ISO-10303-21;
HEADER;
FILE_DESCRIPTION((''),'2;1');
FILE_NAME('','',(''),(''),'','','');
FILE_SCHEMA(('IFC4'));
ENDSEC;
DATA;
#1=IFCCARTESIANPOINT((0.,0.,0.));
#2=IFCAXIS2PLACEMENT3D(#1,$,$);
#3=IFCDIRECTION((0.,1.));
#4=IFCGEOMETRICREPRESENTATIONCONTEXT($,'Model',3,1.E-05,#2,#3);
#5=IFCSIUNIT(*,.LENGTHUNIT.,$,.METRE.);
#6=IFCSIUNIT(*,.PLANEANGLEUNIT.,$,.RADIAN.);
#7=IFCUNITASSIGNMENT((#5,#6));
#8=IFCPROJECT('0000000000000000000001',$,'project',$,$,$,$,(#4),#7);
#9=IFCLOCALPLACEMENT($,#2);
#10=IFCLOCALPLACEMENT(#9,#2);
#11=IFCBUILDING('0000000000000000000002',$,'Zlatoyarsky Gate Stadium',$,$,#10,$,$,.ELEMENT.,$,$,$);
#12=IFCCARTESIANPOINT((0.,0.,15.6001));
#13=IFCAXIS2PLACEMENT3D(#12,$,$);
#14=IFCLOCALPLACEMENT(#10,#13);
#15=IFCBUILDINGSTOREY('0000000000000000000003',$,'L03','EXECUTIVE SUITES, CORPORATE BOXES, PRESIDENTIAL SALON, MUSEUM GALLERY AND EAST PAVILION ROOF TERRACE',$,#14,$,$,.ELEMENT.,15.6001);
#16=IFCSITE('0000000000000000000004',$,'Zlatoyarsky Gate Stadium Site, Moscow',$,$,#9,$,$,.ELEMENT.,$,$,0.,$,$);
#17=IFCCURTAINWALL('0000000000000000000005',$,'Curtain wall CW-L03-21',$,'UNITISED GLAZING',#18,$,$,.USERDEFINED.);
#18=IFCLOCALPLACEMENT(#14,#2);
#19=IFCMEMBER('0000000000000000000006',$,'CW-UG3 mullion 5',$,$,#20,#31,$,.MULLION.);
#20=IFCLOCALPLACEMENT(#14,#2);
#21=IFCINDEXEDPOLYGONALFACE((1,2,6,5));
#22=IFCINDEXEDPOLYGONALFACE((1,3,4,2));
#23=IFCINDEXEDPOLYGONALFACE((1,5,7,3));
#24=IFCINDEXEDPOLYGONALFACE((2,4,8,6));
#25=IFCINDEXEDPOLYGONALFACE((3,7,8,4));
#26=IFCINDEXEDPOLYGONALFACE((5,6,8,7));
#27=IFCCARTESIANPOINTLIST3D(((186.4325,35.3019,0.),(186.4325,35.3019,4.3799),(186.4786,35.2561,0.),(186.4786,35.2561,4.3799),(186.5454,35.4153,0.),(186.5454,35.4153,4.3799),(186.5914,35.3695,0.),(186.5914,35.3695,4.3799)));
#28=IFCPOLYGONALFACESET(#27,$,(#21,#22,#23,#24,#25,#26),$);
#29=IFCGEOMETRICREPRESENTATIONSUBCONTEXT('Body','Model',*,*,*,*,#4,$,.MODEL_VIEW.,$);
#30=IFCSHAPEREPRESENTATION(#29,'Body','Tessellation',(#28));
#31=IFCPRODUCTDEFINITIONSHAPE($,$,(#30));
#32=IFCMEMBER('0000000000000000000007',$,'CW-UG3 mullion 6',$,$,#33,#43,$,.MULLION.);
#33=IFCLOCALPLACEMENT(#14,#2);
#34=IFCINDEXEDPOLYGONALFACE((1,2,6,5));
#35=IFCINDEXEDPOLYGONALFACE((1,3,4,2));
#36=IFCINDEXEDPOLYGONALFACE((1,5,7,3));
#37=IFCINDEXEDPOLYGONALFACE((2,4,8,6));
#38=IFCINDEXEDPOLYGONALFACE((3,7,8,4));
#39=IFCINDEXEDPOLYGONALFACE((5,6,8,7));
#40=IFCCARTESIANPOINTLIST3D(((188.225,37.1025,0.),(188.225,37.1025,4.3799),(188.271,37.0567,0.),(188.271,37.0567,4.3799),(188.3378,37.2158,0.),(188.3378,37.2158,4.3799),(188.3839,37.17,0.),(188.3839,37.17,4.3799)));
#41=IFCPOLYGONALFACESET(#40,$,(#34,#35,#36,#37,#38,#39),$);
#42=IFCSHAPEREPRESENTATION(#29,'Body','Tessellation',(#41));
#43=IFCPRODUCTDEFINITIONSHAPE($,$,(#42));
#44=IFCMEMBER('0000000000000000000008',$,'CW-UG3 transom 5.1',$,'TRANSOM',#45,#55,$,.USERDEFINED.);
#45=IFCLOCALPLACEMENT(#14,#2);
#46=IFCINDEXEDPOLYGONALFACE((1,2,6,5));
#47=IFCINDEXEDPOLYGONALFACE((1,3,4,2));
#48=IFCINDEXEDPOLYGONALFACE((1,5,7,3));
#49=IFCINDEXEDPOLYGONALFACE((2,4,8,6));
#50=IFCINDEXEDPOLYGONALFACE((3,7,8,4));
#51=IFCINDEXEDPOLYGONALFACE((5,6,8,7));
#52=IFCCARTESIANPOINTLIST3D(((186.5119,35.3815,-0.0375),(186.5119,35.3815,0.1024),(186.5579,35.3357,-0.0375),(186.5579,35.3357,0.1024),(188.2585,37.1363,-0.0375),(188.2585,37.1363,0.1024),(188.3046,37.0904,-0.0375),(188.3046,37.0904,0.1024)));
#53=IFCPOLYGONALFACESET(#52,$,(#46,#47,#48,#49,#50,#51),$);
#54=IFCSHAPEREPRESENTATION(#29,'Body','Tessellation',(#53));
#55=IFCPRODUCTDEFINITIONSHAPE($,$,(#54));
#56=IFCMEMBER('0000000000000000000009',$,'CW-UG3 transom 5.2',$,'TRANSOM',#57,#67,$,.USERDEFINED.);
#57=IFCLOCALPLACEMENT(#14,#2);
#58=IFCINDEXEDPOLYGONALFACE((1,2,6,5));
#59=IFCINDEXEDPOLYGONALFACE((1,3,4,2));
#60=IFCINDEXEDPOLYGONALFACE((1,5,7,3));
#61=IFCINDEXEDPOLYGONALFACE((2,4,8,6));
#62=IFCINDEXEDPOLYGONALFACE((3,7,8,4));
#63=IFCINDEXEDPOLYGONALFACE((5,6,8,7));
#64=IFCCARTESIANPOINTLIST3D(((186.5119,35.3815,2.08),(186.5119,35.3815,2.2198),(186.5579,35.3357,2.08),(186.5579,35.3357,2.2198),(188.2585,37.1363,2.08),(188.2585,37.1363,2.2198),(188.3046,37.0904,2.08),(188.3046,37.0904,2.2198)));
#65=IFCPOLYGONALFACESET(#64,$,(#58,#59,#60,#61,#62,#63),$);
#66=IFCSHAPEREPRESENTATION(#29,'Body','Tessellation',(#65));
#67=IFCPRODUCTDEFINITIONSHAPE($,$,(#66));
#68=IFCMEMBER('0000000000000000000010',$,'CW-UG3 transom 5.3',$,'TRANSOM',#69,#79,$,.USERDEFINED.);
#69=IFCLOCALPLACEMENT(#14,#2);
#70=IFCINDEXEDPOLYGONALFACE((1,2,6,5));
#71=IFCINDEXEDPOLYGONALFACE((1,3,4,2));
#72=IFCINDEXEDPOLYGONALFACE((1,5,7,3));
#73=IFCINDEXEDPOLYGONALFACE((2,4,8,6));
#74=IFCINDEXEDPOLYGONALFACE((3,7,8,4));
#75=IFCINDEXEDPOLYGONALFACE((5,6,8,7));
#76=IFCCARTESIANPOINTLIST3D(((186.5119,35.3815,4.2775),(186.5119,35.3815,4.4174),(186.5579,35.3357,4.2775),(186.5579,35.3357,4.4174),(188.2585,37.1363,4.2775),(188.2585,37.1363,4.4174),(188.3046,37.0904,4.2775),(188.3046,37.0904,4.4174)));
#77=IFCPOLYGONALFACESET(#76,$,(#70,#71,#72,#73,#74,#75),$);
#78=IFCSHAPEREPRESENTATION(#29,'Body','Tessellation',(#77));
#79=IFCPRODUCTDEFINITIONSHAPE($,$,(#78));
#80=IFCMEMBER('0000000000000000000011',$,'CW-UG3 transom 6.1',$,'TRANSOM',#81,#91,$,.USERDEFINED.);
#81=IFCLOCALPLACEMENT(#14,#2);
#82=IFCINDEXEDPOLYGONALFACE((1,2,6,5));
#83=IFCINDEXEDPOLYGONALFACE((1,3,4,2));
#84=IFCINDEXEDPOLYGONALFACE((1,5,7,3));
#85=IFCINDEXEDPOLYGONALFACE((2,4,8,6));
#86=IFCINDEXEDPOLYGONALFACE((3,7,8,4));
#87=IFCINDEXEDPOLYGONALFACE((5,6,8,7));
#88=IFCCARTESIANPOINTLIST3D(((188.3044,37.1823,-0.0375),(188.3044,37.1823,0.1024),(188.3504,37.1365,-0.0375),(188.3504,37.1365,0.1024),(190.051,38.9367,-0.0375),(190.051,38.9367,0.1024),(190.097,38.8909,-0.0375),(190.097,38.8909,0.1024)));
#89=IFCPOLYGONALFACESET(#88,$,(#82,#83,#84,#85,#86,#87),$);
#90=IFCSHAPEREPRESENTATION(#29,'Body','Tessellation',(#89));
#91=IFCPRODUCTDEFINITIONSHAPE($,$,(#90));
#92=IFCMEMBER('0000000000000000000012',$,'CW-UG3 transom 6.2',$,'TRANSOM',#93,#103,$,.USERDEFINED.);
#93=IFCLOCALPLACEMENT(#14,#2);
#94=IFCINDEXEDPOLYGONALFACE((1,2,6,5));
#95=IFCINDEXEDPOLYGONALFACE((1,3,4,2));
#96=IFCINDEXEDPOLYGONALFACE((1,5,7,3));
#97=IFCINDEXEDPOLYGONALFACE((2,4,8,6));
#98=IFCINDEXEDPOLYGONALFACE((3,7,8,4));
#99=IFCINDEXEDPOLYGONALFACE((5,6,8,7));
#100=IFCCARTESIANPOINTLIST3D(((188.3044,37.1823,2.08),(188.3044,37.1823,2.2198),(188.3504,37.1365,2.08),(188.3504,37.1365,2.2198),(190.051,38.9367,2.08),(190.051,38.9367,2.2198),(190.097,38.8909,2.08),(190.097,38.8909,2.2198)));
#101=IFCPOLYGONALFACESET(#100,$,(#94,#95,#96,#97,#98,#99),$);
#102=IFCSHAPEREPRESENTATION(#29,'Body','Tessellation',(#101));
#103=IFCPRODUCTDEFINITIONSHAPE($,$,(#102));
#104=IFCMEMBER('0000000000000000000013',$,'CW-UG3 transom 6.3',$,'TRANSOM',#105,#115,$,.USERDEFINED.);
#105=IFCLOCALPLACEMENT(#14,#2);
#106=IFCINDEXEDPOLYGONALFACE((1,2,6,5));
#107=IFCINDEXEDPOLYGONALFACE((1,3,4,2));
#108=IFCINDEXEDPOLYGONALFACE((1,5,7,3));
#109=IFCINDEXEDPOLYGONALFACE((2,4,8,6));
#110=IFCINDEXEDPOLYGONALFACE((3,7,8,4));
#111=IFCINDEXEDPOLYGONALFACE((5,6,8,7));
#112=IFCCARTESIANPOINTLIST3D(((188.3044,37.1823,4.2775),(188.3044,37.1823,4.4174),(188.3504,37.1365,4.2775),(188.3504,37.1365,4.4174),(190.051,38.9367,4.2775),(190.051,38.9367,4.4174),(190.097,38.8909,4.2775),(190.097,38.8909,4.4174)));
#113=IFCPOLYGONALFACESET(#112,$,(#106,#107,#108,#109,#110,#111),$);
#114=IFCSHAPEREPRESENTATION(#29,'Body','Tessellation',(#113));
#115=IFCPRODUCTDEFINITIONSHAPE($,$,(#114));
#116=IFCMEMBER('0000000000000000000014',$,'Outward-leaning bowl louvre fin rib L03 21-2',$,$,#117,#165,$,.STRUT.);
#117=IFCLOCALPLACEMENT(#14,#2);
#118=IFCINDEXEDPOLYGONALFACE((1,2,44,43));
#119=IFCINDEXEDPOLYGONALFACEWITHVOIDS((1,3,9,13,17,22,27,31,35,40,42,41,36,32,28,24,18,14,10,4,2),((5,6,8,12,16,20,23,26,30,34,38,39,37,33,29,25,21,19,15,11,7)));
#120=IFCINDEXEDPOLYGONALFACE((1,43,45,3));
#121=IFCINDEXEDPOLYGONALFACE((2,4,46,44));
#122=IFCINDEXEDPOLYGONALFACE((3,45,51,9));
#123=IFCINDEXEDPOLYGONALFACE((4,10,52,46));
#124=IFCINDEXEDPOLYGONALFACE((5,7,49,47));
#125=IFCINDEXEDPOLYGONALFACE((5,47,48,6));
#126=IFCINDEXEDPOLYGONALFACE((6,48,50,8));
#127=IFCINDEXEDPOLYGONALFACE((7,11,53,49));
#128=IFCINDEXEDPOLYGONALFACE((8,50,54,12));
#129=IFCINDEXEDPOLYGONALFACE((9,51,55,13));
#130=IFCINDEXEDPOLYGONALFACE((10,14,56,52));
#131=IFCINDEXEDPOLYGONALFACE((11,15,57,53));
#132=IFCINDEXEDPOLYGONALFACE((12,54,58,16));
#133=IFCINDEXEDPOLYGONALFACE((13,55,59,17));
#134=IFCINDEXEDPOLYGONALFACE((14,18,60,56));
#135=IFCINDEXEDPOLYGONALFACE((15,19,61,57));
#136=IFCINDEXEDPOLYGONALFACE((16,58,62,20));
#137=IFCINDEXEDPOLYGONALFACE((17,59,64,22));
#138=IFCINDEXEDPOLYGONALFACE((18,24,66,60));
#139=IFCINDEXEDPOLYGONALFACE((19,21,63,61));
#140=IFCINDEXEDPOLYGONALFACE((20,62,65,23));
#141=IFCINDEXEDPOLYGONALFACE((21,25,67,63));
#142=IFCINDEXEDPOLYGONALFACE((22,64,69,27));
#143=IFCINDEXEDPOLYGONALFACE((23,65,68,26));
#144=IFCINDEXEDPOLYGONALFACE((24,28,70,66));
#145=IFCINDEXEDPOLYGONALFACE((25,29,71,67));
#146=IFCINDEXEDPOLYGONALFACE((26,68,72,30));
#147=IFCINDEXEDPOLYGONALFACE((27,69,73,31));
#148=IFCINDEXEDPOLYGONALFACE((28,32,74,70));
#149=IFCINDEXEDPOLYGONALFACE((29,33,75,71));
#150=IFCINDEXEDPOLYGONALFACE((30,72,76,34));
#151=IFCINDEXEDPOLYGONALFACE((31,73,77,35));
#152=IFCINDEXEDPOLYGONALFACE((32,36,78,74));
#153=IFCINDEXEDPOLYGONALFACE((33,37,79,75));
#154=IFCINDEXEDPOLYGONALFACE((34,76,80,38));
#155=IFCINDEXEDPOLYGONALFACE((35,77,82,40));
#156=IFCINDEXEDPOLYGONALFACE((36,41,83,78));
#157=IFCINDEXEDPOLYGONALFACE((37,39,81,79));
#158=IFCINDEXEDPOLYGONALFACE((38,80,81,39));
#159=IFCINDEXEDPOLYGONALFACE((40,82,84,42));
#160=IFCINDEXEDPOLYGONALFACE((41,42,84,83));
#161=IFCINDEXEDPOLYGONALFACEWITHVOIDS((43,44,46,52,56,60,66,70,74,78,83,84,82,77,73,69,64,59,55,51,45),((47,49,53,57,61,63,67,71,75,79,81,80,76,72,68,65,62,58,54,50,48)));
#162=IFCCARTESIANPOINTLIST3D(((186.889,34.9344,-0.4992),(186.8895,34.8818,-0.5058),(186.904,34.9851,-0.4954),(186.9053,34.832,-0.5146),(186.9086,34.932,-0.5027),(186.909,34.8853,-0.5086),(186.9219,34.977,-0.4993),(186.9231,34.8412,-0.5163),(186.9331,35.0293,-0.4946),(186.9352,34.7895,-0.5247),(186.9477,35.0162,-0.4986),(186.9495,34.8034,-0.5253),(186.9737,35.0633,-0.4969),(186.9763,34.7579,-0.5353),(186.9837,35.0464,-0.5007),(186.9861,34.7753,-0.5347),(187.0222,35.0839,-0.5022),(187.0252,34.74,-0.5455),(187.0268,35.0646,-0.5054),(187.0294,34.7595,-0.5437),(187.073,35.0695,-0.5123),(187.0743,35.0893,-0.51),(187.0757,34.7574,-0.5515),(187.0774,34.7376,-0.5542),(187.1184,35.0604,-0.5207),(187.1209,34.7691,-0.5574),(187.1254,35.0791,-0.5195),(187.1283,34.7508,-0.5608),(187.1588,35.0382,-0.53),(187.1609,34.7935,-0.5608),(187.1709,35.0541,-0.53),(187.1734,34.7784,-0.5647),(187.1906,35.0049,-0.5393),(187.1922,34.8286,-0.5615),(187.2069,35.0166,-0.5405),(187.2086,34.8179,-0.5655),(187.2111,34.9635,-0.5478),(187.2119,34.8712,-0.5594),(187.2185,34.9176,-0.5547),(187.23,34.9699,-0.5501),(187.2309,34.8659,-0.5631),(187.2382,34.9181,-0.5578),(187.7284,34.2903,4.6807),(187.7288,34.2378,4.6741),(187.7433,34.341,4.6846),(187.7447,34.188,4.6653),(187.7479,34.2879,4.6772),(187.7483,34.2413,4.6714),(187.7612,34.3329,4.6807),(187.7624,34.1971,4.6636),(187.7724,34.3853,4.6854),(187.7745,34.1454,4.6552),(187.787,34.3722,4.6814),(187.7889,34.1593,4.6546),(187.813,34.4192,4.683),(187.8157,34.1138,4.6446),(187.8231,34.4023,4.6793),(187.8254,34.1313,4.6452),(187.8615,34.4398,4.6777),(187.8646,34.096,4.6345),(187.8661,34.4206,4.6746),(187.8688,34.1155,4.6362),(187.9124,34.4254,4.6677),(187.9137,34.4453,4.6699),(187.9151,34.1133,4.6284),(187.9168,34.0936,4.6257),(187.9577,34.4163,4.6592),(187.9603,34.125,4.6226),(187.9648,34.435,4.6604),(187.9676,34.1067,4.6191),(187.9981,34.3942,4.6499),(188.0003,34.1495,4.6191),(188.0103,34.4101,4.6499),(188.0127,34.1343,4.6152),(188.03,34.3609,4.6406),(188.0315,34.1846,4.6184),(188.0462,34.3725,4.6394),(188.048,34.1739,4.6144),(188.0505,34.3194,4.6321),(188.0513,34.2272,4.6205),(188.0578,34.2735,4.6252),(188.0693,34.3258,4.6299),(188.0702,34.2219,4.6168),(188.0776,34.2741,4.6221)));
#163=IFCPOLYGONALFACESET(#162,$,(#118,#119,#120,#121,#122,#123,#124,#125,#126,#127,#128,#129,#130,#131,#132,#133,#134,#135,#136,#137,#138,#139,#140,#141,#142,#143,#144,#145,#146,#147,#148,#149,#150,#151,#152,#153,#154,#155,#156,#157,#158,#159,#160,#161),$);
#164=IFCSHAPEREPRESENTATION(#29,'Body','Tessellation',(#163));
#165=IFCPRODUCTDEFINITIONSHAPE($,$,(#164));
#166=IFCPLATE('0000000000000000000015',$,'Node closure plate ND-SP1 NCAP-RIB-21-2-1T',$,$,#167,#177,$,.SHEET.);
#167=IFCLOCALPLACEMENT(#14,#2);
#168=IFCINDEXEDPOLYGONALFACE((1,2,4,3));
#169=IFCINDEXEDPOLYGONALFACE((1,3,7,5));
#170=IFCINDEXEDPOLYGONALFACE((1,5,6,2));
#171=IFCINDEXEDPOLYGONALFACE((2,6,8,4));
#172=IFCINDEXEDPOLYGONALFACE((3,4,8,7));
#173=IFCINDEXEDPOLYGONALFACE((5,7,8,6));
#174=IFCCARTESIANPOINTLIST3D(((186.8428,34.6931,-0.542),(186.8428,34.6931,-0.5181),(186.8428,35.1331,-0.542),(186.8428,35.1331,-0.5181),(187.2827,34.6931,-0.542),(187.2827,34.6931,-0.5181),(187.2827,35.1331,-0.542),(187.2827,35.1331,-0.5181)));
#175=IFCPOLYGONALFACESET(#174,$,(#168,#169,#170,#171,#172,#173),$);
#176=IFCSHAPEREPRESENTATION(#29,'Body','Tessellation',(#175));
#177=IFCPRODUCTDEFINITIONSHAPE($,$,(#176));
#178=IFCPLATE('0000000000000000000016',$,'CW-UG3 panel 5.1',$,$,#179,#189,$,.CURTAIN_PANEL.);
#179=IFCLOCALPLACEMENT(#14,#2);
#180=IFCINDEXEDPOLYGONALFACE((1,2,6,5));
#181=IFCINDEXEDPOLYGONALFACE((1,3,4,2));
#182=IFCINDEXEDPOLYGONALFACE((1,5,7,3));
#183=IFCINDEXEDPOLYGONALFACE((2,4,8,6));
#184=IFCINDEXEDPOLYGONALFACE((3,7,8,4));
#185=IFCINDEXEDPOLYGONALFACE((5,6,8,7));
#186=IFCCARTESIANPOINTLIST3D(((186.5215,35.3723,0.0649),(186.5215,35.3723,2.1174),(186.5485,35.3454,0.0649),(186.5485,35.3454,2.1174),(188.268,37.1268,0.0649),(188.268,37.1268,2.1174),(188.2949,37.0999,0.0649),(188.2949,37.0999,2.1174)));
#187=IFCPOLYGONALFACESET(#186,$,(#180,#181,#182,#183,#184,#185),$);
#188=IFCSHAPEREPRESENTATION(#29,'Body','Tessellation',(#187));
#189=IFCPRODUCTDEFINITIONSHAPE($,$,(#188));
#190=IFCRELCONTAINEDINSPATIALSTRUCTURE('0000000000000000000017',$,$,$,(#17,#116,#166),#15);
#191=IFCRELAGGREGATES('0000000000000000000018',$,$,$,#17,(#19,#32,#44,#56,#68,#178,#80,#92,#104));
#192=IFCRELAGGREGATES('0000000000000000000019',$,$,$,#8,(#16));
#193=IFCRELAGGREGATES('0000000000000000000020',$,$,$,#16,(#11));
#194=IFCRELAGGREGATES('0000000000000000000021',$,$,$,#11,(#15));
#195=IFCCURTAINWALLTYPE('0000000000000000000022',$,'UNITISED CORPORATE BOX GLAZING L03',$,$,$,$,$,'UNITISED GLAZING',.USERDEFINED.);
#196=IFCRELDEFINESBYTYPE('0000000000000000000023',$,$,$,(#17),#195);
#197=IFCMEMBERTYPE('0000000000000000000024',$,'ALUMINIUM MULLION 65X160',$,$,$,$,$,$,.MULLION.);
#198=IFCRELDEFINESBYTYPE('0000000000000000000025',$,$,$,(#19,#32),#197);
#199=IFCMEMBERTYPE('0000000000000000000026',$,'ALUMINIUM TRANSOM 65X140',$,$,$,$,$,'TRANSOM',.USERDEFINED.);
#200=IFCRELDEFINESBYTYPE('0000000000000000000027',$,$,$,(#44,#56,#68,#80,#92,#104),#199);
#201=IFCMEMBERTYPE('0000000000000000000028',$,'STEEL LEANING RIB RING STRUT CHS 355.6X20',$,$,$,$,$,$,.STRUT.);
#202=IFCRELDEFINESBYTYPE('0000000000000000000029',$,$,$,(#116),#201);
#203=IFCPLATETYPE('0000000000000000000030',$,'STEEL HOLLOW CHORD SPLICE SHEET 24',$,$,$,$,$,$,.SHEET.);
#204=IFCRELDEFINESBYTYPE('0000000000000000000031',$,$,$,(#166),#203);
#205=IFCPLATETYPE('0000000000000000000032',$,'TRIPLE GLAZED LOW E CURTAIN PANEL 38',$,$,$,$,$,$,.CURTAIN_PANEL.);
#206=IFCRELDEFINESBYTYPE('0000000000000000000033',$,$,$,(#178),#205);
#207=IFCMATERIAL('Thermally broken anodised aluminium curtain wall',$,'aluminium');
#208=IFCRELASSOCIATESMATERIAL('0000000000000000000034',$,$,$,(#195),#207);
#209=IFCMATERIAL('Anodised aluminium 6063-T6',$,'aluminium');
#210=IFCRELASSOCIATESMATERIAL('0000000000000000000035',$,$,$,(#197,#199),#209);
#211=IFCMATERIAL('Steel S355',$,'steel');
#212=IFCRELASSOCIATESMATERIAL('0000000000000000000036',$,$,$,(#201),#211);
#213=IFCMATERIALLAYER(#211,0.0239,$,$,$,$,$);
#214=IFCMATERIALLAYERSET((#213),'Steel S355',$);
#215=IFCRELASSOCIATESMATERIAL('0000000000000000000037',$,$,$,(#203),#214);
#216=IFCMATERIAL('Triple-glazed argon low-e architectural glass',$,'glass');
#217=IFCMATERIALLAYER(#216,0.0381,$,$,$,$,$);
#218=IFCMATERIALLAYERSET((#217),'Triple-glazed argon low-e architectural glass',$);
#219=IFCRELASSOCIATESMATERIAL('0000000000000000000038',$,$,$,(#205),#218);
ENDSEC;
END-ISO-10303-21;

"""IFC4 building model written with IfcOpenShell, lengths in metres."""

from ifc_helpers import new_model, si_unit, direction, frame, origin, origin_2d, place, context, subcontext, project, spatial, rectangle, hollow_circle, extrude, material, layer, layer_set, material_profile, profile_set, type_object, element, aggregate, save


model = new_model("IFC4")

# Units and contexts
model_context = context("Model", 3, precision=1e-05, world=origin(), true_north=direction((0.0, 1.0)))
body_context = subcontext(model_context, "Body", "Model", "MODEL_VIEW")
ifc_project = project(units=[si_unit("LENGTHUNIT", "METRE"), si_unit("PLANEANGLEUNIT", "RADIAN")], contexts=[model_context])

# Site, building, storey
site_placement = place(None, origin())
site = spatial("IfcSite", under=ifc_project, at=site_placement, Name="Zlatoyarsky Gate Stadium Site, Moscow", CompositionType="ELEMENT", RefElevation=0.0)
building_placement = place(site_placement, origin())
building = spatial("IfcBuilding", under=site, at=building_placement, Name="Zlatoyarsky Gate Stadium", CompositionType="ELEMENT")
storey_placement = place(building_placement, frame((0.0, 0.0, 15.6001)))
storey = spatial("IfcBuildingStorey", under=building, at=storey_placement, Name="L03", Description="EXECUTIVE SUITES, CORPORATE BOXES, PRESIDENTIAL SALON, MUSEUM GALLERY AND EAST PAVILION ROOF TERRACE", CompositionType="ELEMENT", Elevation=15.6001)

# Curtain wall, members
ifc_material_1 = material(Name="Thermally broken anodised aluminium curtain wall", Category="aluminium")
curtain_wall_type = type_object("IfcCurtainWallType", Name="UNITISED CORPORATE BOX GLAZING L03", ElementType="UNITISED GLAZING", PredefinedType="USERDEFINED", material=ifc_material_1)
curtain_wall_placement = place(storey_placement, origin())
curtain_wall = element("IfcCurtainWall", 1, at=curtain_wall_placement, inside=storey, type_object=curtain_wall_type, Name="Curtain wall CW-L03-21", ObjectType="UNITISED GLAZING", PredefinedType="USERDEFINED")
ifc_material_2 = material(Name="Anodised aluminium 6063-T6", Category="aluminium")
ifc_material_profile_1 = material_profile(ifc_material_2, rectangle(XDim=0.0649, YDim=0.1599, at=origin_2d()), Name="ALU 65X160")
ifc_profile_set_1 = profile_set([ifc_material_profile_1], Name="Anodised aluminium 6063-T6")
member_type_1 = type_object("IfcMemberType", Name="ALUMINIUM MULLION 65X160", PredefinedType="MULLION", material=ifc_profile_set_1)
member_1_placement = place(storey_placement, frame((186.512, 35.3357, 0.0), z_axis=(0.0, 0.0, 1.0), x_axis=(-0.708721, 0.705489, 0.0)))
member_1 = element("IfcMember", 2, at=member_1_placement, type_object=member_type_1, Name="CW-UG3 mullion 5", PredefinedType="MULLION", context=body_context, shape_type="SweptSolid", body=[
    extrude(rectangle(XDim=0.0649, YDim=0.1599, at=origin_2d()), origin(), (0.0, 0.0, 1.0), 4.3799),
])
member_2_placement = place(storey_placement, frame((188.3044, 37.1362, 0.0), z_axis=(0.0, 0.0, 1.0), x_axis=(-0.708721, 0.705489, 0.0)))
member_2 = element("IfcMember", 3, at=member_2_placement, type_object=member_type_1, Name="CW-UG3 mullion 6", PredefinedType="MULLION", context=body_context, shape_type="SweptSolid", body=[
    extrude(rectangle(XDim=0.0649, YDim=0.1599, at=origin_2d()), origin(), (0.0, 0.0, 1.0), 4.3799),
])
ifc_material_profile_2 = material_profile(ifc_material_2, rectangle(XDim=0.0649, YDim=0.1399, at=origin_2d()), Name="ALU 65X140")
ifc_profile_set_2 = profile_set([ifc_material_profile_2], Name="Anodised aluminium 6063-T6")
member_type_2 = type_object("IfcMemberType", Name="ALUMINIUM TRANSOM 65X140", ElementType="TRANSOM", PredefinedType="USERDEFINED", material=ifc_profile_set_2)
member_3_placement = place(storey_placement, frame((186.5349, 35.3586, 0.0325), z_axis=(0.705478, 0.708732, 0.0), x_axis=(-0.708732, 0.705478, 0.0)))
member_3 = element("IfcMember", 4, at=member_3_placement, type_object=member_type_2, Name="CW-UG3 transom 5.1", ObjectType="TRANSOM", PredefinedType="USERDEFINED", context=body_context, shape_type="SweptSolid", body=[
    extrude(rectangle(XDim=0.0649, YDim=0.1399, at=origin_2d()), origin(), (0.0, 0.0, 1.0), 2.4758),
])
member_4_placement = place(storey_placement, frame((186.5349, 35.3586, 2.1499), z_axis=(0.705478, 0.708732, 0.0), x_axis=(-0.708732, 0.705478, 0.0)))
member_4 = element("IfcMember", 5, at=member_4_placement, type_object=member_type_2, Name="CW-UG3 transom 5.2", ObjectType="TRANSOM", PredefinedType="USERDEFINED", context=body_context, shape_type="SweptSolid", body=[
    extrude(rectangle(XDim=0.0649, YDim=0.1399, at=origin_2d()), origin(), (0.0, 0.0, 1.0), 2.4758),
])
member_5_placement = place(storey_placement, frame((186.5349, 35.3586, 4.3474), z_axis=(0.705478, 0.708732, 0.0), x_axis=(-0.708732, 0.705478, 0.0)))
member_5 = element("IfcMember", 6, at=member_5_placement, type_object=member_type_2, Name="CW-UG3 transom 5.3", ObjectType="TRANSOM", PredefinedType="USERDEFINED", context=body_context, shape_type="SweptSolid", body=[
    extrude(rectangle(XDim=0.0649, YDim=0.1399, at=origin_2d()), origin(), (0.0, 0.0, 1.0), 2.4758),
])
member_6_placement = place(storey_placement, frame((188.3274, 37.1594, 0.0325), z_axis=(0.705527, 0.708683, 0.0), x_axis=(-0.708683, 0.705527, 0.0)))
member_6 = element("IfcMember", 7, at=member_6_placement, type_object=member_type_2, Name="CW-UG3 transom 6.1", ObjectType="TRANSOM", PredefinedType="USERDEFINED", context=body_context, shape_type="SweptSolid", body=[
    extrude(rectangle(XDim=0.0649, YDim=0.1399, at=origin_2d()), origin(), (0.0, 0.0, 1.0), 2.4756),
])
member_7_placement = place(storey_placement, frame((188.3274, 37.1594, 2.1499), z_axis=(0.705527, 0.708683, 0.0), x_axis=(-0.708683, 0.705527, 0.0)))
member_7 = element("IfcMember", 8, at=member_7_placement, type_object=member_type_2, Name="CW-UG3 transom 6.2", ObjectType="TRANSOM", PredefinedType="USERDEFINED", context=body_context, shape_type="SweptSolid", body=[
    extrude(rectangle(XDim=0.0649, YDim=0.1399, at=origin_2d()), origin(), (0.0, 0.0, 1.0), 2.4756),
])
member_8_placement = place(storey_placement, frame((188.3274, 37.1594, 4.3474), z_axis=(0.705527, 0.708683, 0.0), x_axis=(-0.708683, 0.705527, 0.0)))
member_8 = element("IfcMember", 9, at=member_8_placement, type_object=member_type_2, Name="CW-UG3 transom 6.3", ObjectType="TRANSOM", PredefinedType="USERDEFINED", context=body_context, shape_type="SweptSolid", body=[
    extrude(rectangle(XDim=0.0649, YDim=0.1399, at=origin_2d()), origin(), (0.0, 0.0, 1.0), 2.4756),
])

# Member
ifc_material_3 = material(Name="Steel S355", Category="steel")
ifc_material_profile_3 = material_profile(ifc_material_3, hollow_circle(Radius=0.1777, WallThickness=0.02, at=origin_2d()), Name="CHS 355.6X20")
ifc_profile_set_3 = profile_set([ifc_material_profile_3], Name="Steel S355")
member_type_3 = type_object("IfcMemberType", Name="STEEL LEANING RIB RING STRUT CHS 355.6X20", PredefinedType="STRUT", material=ifc_profile_set_3)
member_9_placement = place(storey_placement, frame((187.0627, 34.9131, -0.53), z_axis=(0.158762, -0.121819, 0.979773), x_axis=(0.608751, 0.793361, 0.0)))
element("IfcMember", 10, at=member_9_placement, inside=storey, type_object=member_type_3, Name="Outward-leaning bowl louvre fin rib L03 21-2", PredefinedType="STRUT", context=body_context, shape_type="SweptSolid", body=[
    extrude(hollow_circle(Radius=0.1777, WallThickness=0.02, at=origin_2d()), origin(), (0.0, 0.0, 1.0), 5.2869),
])

# Plates
ifc_layer_1 = layer(ifc_material_3, 0.0239)
ifc_layer_set_1 = layer_set([ifc_layer_1], Name="Steel S355")
plate_type_1 = type_object("IfcPlateType", Name="STEEL HOLLOW CHORD SPLICE SHEET 24", PredefinedType="SHEET", material=ifc_layer_set_1)
plate_1_placement = place(storey_placement, frame((187.0627, 34.9131, -0.542), z_axis=(0.0, 0.0, 1.0), x_axis=(1.0, 0.0, 0.0)))
element("IfcPlate", 11, at=plate_1_placement, inside=storey, type_object=plate_type_1, Name="Node closure plate ND-SP1 NCAP-RIB-21-2-1T", PredefinedType="SHEET", context=body_context, shape_type="SweptSolid", body=[
    extrude(rectangle(XDim=0.4399, YDim=0.4399, at=origin_2d()), origin(), (0.0, 0.0, 1.0), 0.0239),
])
ifc_material_4 = material(Name="Triple-glazed argon low-e architectural glass", Category="glass")
ifc_layer_2 = layer(ifc_material_4, 0.0381)
ifc_layer_set_2 = layer_set([ifc_layer_2], Name="Triple-glazed argon low-e architectural glass")
plate_type_2 = type_object("IfcPlateType", Name="TRIPLE GLAZED LOW E CURTAIN PANEL 38", PredefinedType="CURTAIN_PANEL", material=ifc_layer_set_2)
plate_2_placement = place(storey_placement, frame((187.4082, 36.2361, 0.0649), z_axis=(0.0, 0.0, 1.0), x_axis=(0.705489, 0.708721, 0.0)))
plate_2 = element("IfcPlate", 12, at=plate_2_placement, type_object=plate_type_2, Name="CW-UG3 panel 5.1", PredefinedType="CURTAIN_PANEL", context=body_context, shape_type="SweptSolid", body=[
    extrude(rectangle(XDim=2.4756, YDim=0.0381, at=origin_2d()), origin(), (0.0, 0.0, 1.0), 2.0525),
])
aggregate(curtain_wall, [member_1, member_2, member_3, member_4, member_5, plate_2, member_6, member_7, member_8])

save(model, "model.ifc")
